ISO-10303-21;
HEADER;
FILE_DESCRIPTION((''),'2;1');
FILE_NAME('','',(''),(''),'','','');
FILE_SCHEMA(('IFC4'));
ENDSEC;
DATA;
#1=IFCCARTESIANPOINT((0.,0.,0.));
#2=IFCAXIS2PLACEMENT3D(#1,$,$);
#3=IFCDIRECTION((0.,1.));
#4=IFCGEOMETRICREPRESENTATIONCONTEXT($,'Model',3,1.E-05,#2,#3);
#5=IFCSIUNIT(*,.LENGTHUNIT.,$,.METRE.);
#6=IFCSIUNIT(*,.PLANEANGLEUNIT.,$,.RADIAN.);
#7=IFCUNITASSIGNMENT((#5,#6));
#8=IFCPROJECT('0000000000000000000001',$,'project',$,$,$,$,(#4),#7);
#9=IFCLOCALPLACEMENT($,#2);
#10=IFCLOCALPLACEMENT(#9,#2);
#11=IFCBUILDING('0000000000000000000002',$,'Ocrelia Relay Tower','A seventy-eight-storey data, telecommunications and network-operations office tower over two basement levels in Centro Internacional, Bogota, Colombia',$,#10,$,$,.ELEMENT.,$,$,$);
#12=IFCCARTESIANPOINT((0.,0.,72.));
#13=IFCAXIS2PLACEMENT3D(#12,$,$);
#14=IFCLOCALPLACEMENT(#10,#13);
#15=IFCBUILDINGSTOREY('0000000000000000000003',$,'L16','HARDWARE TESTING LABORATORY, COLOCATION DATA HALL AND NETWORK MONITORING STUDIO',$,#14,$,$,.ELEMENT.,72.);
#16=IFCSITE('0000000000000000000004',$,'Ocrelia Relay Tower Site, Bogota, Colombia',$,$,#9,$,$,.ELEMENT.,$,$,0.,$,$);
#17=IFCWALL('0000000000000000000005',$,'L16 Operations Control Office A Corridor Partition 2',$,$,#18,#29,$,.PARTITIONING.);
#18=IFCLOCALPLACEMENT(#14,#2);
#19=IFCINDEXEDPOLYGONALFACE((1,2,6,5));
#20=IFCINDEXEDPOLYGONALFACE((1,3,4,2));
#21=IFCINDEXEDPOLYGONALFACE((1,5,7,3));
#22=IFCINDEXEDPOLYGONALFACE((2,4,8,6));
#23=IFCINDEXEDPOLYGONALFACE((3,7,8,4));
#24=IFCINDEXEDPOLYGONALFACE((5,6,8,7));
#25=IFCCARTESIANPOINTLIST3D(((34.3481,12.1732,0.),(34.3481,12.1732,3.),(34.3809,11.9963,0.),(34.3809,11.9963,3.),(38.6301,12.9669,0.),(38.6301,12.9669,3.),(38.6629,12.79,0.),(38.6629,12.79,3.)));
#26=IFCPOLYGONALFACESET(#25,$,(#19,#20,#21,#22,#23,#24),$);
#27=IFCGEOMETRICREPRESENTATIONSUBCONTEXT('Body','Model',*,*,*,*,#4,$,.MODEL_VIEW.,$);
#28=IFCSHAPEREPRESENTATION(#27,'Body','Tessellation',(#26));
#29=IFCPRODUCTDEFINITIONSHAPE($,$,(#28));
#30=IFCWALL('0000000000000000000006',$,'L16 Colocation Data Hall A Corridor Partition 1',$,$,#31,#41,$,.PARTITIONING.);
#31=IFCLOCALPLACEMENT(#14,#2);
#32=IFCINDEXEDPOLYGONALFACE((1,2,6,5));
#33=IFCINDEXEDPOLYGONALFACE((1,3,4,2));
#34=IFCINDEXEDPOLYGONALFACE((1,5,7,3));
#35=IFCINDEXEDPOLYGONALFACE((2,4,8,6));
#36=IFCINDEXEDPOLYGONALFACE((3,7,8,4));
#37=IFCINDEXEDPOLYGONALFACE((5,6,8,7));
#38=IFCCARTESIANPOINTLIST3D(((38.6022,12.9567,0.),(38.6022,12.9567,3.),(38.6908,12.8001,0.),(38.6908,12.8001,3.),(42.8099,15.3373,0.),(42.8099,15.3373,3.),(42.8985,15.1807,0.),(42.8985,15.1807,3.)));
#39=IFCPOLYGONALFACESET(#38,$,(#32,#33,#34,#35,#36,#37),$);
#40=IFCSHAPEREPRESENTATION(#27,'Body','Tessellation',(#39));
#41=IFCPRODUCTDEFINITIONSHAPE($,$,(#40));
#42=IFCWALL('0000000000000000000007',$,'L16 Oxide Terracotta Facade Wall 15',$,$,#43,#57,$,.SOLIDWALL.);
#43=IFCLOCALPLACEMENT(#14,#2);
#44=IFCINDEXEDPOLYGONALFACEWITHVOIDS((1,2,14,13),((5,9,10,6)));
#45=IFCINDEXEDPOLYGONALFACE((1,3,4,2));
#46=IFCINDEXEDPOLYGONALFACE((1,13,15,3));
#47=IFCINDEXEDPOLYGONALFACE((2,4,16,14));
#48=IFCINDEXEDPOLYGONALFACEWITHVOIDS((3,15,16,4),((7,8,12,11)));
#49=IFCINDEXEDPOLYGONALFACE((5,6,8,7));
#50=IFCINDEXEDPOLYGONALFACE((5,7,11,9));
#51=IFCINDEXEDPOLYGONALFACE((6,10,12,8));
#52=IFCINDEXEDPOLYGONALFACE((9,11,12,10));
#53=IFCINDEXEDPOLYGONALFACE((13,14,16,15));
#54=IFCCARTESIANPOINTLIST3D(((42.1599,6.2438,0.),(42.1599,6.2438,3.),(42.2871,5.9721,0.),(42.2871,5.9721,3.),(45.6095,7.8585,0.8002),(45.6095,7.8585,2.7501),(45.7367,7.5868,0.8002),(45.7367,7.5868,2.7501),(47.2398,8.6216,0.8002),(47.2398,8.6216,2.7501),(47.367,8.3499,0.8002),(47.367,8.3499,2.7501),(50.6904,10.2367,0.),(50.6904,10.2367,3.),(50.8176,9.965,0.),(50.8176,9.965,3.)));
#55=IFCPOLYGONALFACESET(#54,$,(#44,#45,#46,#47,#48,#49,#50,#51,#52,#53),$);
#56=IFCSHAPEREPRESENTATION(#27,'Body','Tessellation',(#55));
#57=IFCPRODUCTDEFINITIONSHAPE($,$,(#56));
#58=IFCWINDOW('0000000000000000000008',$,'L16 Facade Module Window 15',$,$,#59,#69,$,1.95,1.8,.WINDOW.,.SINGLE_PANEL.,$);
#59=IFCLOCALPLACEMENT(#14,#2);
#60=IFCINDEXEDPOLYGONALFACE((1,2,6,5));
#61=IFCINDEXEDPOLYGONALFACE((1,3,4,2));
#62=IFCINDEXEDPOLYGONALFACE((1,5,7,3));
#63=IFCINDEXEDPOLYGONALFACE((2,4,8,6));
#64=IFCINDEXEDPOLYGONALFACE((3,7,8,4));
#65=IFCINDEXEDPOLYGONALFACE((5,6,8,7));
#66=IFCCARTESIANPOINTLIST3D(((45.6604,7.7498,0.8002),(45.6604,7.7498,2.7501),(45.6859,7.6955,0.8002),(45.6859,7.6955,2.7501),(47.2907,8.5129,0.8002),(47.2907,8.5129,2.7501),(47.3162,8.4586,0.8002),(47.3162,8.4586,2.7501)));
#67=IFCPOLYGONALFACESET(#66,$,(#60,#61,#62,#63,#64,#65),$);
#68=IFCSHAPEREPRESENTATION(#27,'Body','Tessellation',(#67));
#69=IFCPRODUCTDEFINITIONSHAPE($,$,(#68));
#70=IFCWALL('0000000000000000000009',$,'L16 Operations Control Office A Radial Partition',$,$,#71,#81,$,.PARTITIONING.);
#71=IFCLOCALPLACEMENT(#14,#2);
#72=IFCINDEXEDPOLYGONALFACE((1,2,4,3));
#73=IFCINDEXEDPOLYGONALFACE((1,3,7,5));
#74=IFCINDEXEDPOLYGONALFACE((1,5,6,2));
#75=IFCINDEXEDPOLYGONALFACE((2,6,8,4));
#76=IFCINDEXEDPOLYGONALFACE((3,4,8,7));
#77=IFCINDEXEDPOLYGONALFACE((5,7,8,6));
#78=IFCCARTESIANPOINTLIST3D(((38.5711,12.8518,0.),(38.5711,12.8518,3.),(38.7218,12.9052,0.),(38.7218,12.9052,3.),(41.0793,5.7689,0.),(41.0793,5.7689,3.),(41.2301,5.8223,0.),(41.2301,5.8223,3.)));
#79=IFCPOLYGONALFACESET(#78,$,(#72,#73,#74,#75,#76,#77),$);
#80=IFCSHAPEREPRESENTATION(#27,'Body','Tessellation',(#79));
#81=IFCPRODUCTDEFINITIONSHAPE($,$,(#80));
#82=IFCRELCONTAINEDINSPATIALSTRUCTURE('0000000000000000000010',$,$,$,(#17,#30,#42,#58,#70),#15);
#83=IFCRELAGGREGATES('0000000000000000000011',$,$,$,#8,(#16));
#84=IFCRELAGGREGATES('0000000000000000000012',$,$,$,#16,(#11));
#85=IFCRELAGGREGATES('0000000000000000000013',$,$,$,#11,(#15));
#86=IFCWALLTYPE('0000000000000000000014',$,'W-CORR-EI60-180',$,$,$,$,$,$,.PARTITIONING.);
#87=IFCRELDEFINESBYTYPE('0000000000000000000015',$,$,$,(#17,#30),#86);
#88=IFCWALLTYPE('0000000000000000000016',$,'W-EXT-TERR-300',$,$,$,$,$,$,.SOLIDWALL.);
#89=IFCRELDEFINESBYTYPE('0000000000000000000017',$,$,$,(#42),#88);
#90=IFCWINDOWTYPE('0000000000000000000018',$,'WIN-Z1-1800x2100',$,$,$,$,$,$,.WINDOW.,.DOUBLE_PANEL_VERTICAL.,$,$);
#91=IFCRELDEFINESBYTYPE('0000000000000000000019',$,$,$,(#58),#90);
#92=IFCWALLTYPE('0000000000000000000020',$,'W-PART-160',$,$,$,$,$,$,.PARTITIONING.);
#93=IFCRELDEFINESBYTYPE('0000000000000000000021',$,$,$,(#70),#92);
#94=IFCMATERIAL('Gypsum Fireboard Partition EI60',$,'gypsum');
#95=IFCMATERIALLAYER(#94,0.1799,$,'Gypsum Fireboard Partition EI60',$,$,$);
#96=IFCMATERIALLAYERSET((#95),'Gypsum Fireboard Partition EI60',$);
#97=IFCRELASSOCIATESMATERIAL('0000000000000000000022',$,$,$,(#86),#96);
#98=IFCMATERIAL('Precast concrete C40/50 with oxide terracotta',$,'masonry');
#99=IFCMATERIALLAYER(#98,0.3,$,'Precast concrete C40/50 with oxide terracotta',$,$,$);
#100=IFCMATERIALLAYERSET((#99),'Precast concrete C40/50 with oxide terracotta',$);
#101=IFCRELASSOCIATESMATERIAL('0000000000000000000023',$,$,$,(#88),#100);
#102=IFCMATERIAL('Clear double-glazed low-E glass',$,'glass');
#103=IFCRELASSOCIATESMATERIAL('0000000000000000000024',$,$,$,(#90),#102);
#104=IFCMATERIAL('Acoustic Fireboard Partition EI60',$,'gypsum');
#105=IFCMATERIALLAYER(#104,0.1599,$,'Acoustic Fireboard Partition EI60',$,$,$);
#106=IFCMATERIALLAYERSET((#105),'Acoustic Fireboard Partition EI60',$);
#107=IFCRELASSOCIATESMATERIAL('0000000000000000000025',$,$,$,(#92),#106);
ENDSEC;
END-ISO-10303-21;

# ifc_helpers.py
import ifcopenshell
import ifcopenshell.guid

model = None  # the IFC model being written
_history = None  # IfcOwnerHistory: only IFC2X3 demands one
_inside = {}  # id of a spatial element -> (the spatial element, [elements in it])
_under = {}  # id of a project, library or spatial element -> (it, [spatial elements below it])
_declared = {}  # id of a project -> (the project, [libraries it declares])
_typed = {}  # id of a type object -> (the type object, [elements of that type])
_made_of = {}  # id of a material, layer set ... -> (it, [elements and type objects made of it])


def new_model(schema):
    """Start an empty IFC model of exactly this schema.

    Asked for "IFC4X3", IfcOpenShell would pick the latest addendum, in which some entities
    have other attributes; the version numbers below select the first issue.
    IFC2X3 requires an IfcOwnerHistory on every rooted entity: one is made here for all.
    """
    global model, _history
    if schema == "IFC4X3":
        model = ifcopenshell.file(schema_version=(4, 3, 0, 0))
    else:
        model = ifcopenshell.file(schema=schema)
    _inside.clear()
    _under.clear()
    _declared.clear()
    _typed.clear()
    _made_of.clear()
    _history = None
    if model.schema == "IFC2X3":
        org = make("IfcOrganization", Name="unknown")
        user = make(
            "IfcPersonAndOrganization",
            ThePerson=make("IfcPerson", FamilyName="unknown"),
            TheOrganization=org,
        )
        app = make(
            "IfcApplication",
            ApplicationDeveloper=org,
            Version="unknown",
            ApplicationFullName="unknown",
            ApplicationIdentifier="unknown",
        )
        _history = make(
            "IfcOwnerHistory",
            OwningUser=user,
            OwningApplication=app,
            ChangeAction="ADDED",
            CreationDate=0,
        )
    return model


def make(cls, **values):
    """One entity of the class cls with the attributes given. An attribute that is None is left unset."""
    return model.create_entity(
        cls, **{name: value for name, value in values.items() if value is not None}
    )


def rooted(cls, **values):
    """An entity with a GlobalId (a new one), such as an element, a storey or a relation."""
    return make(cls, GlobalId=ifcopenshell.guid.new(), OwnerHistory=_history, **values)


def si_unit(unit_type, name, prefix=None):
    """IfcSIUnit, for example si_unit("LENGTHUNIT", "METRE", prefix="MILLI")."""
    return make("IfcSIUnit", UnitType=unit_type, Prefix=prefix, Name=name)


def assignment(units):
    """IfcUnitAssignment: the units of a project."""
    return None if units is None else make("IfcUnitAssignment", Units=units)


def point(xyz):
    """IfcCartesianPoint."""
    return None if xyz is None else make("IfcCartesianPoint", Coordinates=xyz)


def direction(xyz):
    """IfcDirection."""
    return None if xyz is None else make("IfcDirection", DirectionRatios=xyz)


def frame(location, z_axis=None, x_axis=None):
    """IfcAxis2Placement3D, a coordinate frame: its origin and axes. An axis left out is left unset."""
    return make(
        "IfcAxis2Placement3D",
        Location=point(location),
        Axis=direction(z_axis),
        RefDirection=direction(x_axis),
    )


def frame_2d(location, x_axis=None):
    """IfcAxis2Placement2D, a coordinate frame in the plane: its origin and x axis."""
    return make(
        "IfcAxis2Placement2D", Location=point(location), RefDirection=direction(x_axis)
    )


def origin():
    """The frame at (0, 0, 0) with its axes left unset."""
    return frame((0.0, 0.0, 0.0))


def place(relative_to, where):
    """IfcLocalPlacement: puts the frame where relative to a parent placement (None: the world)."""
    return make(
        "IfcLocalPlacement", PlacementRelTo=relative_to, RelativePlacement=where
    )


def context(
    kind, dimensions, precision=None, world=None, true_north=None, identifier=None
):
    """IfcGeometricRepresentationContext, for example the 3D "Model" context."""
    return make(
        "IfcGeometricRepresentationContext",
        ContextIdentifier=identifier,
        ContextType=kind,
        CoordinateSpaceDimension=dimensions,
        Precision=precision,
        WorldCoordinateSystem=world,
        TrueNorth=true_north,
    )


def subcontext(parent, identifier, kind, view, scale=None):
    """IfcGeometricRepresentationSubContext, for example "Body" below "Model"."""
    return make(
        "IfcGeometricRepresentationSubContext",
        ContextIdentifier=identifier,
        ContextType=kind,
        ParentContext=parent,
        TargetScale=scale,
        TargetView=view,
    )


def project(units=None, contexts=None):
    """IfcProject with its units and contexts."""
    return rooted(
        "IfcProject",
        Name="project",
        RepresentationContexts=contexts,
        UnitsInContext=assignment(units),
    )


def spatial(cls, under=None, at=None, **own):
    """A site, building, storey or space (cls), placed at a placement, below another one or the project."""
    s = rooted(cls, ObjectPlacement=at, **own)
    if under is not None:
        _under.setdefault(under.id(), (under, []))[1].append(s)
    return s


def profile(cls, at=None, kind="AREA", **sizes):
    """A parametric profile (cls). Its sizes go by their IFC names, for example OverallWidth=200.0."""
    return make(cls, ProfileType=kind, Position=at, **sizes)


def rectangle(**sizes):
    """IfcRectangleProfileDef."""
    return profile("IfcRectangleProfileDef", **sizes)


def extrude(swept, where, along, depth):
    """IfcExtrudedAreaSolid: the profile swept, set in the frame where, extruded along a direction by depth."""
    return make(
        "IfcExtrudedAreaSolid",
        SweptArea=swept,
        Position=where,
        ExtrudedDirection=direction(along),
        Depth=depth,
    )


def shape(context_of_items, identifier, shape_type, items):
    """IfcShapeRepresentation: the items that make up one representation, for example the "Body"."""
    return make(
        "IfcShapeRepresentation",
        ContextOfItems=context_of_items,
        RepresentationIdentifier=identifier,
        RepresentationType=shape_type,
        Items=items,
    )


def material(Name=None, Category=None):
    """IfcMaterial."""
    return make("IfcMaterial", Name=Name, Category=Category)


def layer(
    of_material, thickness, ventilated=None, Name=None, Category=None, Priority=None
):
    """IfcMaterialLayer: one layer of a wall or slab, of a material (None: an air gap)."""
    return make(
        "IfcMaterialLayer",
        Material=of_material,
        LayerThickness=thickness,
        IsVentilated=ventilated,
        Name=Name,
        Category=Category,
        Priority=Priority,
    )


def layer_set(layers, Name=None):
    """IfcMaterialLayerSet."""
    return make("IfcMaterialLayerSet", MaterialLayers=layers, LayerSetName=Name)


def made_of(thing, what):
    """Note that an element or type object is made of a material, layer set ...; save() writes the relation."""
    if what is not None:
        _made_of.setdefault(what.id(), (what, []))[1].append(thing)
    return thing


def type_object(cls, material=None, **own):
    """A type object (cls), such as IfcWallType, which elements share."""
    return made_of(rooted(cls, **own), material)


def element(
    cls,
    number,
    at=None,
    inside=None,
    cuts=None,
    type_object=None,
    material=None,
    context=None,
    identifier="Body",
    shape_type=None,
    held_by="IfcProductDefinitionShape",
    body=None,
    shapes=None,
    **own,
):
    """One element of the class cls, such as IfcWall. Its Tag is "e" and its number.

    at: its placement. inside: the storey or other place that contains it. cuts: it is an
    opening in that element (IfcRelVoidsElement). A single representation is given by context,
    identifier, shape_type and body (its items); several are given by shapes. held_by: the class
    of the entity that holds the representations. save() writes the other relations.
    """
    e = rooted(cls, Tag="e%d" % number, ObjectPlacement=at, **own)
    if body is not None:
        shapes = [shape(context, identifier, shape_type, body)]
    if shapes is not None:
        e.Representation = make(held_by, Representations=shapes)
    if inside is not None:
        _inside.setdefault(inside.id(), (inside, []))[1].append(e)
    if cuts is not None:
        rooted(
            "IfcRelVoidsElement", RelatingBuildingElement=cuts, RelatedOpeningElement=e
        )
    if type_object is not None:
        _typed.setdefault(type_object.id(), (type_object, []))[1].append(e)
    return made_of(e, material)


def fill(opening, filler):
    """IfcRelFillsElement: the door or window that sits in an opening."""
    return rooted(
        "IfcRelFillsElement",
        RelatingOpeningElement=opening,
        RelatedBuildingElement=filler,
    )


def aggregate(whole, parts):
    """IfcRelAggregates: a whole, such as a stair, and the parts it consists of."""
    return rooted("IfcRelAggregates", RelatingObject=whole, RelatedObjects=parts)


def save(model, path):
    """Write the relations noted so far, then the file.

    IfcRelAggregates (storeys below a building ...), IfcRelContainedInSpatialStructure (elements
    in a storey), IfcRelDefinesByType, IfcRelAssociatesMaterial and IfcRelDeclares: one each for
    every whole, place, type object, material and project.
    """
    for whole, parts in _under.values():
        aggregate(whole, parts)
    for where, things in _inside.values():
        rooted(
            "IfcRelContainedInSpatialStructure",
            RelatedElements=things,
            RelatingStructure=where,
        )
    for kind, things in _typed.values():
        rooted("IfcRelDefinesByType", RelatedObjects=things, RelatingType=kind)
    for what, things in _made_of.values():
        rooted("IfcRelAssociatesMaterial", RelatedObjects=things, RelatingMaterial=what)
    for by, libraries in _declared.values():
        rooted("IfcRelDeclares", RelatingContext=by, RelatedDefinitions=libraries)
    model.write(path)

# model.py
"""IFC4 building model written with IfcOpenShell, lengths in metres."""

from ifc_helpers import new_model, si_unit, direction, frame, frame_2d, origin, place, context, subcontext, project, spatial, rectangle, extrude, material, layer, layer_set, type_object, element, fill, save


model = new_model("IFC4")

# Units and contexts
model_context = context("Model", 3, precision=1e-05, world=origin(), true_north=direction((0.0, 1.0)))
body_context = subcontext(model_context, "Body", "Model", "MODEL_VIEW")
ifc_project = project(units=[si_unit("LENGTHUNIT", "METRE"), si_unit("PLANEANGLEUNIT", "RADIAN")], contexts=[model_context])

# Site, building, storey
site_placement = place(None, origin())
site = spatial("IfcSite", under=ifc_project, at=site_placement, Name="Ocrelia Relay Tower Site, Bogota, Colombia", CompositionType="ELEMENT", RefElevation=0.0)
building_placement = place(site_placement, origin())
building = spatial("IfcBuilding", under=site, at=building_placement, Name="Ocrelia Relay Tower", Description="A seventy-eight-storey data, telecommunications and network-operations office tower over two basement levels in Centro Internacional, Bogota, Colombia", CompositionType="ELEMENT")
storey_placement = place(building_placement, frame((0.0, 0.0, 72.0)))
storey = spatial("IfcBuildingStorey", under=building, at=storey_placement, Name="L16", Description="HARDWARE TESTING LABORATORY, COLOCATION DATA HALL AND NETWORK MONITORING STUDIO", CompositionType="ELEMENT", Elevation=72.0)

# Walls
ifc_material_1 = material(Name="Gypsum Fireboard Partition EI60", Category="gypsum")
ifc_layer_1 = layer(ifc_material_1, 0.1799, Name="Gypsum Fireboard Partition EI60")
ifc_layer_set_1 = layer_set([ifc_layer_1], Name="Gypsum Fireboard Partition EI60")
wall_type_1 = type_object("IfcWallType", Name="W-CORR-EI60-180", PredefinedType="PARTITIONING", material=ifc_layer_set_1)
wall_1_placement = place(storey_placement, frame((34.3645, 12.0847, 0.0), z_axis=(0.0, 0.0, 1.0), x_axis=(0.983252, 0.182254, 0.0)))
element("IfcWall", 1, at=wall_1_placement, inside=storey, type_object=wall_type_1, Name="L16 Operations Control Office A Corridor Partition 2", PredefinedType="PARTITIONING", context=body_context, shape_type="SweptSolid", body=[
    extrude(rectangle(XDim=4.355, YDim=0.1799, at=frame_2d((2.1775, 0.0))), origin(), (0.0, 0.0, 1.0), 3.0),
])
wall_2_placement = place(storey_placement, frame((38.6465, 12.8784, 0.0), z_axis=(0.0, 0.0, 1.0), x_axis=(0.870358, 0.49242, 0.0)))
element("IfcWall", 2, at=wall_2_placement, inside=storey, type_object=wall_type_1, Name="L16 Colocation Data Hall A Corridor Partition 1", PredefinedType="PARTITIONING", context=body_context, shape_type="SweptSolid", body=[
    extrude(rectangle(XDim=4.8345, YDim=0.1799, at=frame_2d((2.4172, 0.0))), origin(), (0.0, 0.0, 1.0), 3.0),
])

# Shared definitions
ifc_material_2 = material(Name="Precast concrete C40/50 with oxide terracotta", Category="masonry")
ifc_layer_2 = layer(ifc_material_2, 0.3, Name="Precast concrete C40/50 with oxide terracotta")
ifc_layer_set_2 = layer_set([ifc_layer_2], Name="Precast concrete C40/50 with oxide terracotta")
wall_type_2 = type_object("IfcWallType", Name="W-EXT-TERR-300", PredefinedType="SOLIDWALL", material=ifc_layer_set_2)

# Wall, opening, window
wall_3_placement = place(storey_placement, frame((42.2234, 6.1079, 0.0), z_axis=(0.0, 0.0, 1.0), x_axis=(0.905694, 0.423932, 0.0)))
wall_3 = element("IfcWall", 3, at=wall_3_placement, inside=storey, type_object=wall_type_2, Name="L16 Oxide Terracotta Facade Wall 15", PredefinedType="SOLIDWALL", context=body_context, shape_type="SweptSolid", body=[
    extrude(rectangle(XDim=9.4187, YDim=0.3, at=frame_2d((4.7095, 0.0))), origin(), (0.0, 0.0, 1.0), 3.0),
])
opening_1_placement = place(wall_3_placement, frame((3.8091, 0.0, 0.8)))
opening_1 = element("IfcOpeningElement", 4, at=opening_1_placement, cuts=wall_3, PredefinedType="OPENING", context=body_context, shape_type="SweptSolid", body=[
    extrude(rectangle(XDim=1.8, YDim=1.95, at=frame_2d((0.8999, 0.9751))), frame((0.0, 0.1602, 0.0), z_axis=(0.0, -1.0, 0.0), x_axis=(1.0, 0.0, 0.0)), (0.0, 0.0, 1.0), 0.3201),
])
ifc_material_3 = material(Name="Clear double-glazed low-E glass", Category="glass")
window_type = type_object("IfcWindowType", Name="WIN-Z1-1800x2100", PartitioningType="DOUBLE_PANEL_VERTICAL", PredefinedType="WINDOW", material=ifc_material_3)
window_placement = place(opening_1_placement, origin())
window = element("IfcWindow", 5, at=window_placement, inside=storey, type_object=window_type, Name="L16 Facade Module Window 15", OverallHeight=1.95, OverallWidth=1.8, PartitioningType="SINGLE_PANEL", PredefinedType="WINDOW", context=body_context, shape_type="SweptSolid", body=[
    extrude(rectangle(XDim=1.8, YDim=1.95, at=frame_2d((0.8999, 0.9751))), frame((0.0, 0.03, 0.0), z_axis=(0.0, -1.0, 0.0), x_axis=(1.0, 0.0, 0.0)), (0.0, 0.0, 1.0), 0.0601),
])
fill(opening_1, window)

# Wall
ifc_material_4 = material(Name="Acoustic Fireboard Partition EI60", Category="gypsum")
ifc_layer_3 = layer(ifc_material_4, 0.1599, Name="Acoustic Fireboard Partition EI60")
ifc_layer_set_3 = layer_set([ifc_layer_3], Name="Acoustic Fireboard Partition EI60")
wall_type_3 = type_object("IfcWallType", Name="W-PART-160", PredefinedType="PARTITIONING", material=ifc_layer_set_3)
wall_4_placement = place(storey_placement, frame((38.6465, 12.8784, 0.0), z_axis=(0.0, 0.0, 1.0), x_axis=(0.333816, -0.942638, 0.0)))
element("IfcWall", 6, at=wall_4_placement, inside=storey, type_object=wall_type_3, Name="L16 Operations Control Office A Radial Partition", PredefinedType="PARTITIONING", context=body_context, shape_type="SweptSolid", body=[
    extrude(rectangle(XDim=7.5139, YDim=0.1599, at=frame_2d((3.7568, 0.0))), origin(), (0.0, 0.0, 1.0), 3.0),
])

save(model, "model.ifc")
